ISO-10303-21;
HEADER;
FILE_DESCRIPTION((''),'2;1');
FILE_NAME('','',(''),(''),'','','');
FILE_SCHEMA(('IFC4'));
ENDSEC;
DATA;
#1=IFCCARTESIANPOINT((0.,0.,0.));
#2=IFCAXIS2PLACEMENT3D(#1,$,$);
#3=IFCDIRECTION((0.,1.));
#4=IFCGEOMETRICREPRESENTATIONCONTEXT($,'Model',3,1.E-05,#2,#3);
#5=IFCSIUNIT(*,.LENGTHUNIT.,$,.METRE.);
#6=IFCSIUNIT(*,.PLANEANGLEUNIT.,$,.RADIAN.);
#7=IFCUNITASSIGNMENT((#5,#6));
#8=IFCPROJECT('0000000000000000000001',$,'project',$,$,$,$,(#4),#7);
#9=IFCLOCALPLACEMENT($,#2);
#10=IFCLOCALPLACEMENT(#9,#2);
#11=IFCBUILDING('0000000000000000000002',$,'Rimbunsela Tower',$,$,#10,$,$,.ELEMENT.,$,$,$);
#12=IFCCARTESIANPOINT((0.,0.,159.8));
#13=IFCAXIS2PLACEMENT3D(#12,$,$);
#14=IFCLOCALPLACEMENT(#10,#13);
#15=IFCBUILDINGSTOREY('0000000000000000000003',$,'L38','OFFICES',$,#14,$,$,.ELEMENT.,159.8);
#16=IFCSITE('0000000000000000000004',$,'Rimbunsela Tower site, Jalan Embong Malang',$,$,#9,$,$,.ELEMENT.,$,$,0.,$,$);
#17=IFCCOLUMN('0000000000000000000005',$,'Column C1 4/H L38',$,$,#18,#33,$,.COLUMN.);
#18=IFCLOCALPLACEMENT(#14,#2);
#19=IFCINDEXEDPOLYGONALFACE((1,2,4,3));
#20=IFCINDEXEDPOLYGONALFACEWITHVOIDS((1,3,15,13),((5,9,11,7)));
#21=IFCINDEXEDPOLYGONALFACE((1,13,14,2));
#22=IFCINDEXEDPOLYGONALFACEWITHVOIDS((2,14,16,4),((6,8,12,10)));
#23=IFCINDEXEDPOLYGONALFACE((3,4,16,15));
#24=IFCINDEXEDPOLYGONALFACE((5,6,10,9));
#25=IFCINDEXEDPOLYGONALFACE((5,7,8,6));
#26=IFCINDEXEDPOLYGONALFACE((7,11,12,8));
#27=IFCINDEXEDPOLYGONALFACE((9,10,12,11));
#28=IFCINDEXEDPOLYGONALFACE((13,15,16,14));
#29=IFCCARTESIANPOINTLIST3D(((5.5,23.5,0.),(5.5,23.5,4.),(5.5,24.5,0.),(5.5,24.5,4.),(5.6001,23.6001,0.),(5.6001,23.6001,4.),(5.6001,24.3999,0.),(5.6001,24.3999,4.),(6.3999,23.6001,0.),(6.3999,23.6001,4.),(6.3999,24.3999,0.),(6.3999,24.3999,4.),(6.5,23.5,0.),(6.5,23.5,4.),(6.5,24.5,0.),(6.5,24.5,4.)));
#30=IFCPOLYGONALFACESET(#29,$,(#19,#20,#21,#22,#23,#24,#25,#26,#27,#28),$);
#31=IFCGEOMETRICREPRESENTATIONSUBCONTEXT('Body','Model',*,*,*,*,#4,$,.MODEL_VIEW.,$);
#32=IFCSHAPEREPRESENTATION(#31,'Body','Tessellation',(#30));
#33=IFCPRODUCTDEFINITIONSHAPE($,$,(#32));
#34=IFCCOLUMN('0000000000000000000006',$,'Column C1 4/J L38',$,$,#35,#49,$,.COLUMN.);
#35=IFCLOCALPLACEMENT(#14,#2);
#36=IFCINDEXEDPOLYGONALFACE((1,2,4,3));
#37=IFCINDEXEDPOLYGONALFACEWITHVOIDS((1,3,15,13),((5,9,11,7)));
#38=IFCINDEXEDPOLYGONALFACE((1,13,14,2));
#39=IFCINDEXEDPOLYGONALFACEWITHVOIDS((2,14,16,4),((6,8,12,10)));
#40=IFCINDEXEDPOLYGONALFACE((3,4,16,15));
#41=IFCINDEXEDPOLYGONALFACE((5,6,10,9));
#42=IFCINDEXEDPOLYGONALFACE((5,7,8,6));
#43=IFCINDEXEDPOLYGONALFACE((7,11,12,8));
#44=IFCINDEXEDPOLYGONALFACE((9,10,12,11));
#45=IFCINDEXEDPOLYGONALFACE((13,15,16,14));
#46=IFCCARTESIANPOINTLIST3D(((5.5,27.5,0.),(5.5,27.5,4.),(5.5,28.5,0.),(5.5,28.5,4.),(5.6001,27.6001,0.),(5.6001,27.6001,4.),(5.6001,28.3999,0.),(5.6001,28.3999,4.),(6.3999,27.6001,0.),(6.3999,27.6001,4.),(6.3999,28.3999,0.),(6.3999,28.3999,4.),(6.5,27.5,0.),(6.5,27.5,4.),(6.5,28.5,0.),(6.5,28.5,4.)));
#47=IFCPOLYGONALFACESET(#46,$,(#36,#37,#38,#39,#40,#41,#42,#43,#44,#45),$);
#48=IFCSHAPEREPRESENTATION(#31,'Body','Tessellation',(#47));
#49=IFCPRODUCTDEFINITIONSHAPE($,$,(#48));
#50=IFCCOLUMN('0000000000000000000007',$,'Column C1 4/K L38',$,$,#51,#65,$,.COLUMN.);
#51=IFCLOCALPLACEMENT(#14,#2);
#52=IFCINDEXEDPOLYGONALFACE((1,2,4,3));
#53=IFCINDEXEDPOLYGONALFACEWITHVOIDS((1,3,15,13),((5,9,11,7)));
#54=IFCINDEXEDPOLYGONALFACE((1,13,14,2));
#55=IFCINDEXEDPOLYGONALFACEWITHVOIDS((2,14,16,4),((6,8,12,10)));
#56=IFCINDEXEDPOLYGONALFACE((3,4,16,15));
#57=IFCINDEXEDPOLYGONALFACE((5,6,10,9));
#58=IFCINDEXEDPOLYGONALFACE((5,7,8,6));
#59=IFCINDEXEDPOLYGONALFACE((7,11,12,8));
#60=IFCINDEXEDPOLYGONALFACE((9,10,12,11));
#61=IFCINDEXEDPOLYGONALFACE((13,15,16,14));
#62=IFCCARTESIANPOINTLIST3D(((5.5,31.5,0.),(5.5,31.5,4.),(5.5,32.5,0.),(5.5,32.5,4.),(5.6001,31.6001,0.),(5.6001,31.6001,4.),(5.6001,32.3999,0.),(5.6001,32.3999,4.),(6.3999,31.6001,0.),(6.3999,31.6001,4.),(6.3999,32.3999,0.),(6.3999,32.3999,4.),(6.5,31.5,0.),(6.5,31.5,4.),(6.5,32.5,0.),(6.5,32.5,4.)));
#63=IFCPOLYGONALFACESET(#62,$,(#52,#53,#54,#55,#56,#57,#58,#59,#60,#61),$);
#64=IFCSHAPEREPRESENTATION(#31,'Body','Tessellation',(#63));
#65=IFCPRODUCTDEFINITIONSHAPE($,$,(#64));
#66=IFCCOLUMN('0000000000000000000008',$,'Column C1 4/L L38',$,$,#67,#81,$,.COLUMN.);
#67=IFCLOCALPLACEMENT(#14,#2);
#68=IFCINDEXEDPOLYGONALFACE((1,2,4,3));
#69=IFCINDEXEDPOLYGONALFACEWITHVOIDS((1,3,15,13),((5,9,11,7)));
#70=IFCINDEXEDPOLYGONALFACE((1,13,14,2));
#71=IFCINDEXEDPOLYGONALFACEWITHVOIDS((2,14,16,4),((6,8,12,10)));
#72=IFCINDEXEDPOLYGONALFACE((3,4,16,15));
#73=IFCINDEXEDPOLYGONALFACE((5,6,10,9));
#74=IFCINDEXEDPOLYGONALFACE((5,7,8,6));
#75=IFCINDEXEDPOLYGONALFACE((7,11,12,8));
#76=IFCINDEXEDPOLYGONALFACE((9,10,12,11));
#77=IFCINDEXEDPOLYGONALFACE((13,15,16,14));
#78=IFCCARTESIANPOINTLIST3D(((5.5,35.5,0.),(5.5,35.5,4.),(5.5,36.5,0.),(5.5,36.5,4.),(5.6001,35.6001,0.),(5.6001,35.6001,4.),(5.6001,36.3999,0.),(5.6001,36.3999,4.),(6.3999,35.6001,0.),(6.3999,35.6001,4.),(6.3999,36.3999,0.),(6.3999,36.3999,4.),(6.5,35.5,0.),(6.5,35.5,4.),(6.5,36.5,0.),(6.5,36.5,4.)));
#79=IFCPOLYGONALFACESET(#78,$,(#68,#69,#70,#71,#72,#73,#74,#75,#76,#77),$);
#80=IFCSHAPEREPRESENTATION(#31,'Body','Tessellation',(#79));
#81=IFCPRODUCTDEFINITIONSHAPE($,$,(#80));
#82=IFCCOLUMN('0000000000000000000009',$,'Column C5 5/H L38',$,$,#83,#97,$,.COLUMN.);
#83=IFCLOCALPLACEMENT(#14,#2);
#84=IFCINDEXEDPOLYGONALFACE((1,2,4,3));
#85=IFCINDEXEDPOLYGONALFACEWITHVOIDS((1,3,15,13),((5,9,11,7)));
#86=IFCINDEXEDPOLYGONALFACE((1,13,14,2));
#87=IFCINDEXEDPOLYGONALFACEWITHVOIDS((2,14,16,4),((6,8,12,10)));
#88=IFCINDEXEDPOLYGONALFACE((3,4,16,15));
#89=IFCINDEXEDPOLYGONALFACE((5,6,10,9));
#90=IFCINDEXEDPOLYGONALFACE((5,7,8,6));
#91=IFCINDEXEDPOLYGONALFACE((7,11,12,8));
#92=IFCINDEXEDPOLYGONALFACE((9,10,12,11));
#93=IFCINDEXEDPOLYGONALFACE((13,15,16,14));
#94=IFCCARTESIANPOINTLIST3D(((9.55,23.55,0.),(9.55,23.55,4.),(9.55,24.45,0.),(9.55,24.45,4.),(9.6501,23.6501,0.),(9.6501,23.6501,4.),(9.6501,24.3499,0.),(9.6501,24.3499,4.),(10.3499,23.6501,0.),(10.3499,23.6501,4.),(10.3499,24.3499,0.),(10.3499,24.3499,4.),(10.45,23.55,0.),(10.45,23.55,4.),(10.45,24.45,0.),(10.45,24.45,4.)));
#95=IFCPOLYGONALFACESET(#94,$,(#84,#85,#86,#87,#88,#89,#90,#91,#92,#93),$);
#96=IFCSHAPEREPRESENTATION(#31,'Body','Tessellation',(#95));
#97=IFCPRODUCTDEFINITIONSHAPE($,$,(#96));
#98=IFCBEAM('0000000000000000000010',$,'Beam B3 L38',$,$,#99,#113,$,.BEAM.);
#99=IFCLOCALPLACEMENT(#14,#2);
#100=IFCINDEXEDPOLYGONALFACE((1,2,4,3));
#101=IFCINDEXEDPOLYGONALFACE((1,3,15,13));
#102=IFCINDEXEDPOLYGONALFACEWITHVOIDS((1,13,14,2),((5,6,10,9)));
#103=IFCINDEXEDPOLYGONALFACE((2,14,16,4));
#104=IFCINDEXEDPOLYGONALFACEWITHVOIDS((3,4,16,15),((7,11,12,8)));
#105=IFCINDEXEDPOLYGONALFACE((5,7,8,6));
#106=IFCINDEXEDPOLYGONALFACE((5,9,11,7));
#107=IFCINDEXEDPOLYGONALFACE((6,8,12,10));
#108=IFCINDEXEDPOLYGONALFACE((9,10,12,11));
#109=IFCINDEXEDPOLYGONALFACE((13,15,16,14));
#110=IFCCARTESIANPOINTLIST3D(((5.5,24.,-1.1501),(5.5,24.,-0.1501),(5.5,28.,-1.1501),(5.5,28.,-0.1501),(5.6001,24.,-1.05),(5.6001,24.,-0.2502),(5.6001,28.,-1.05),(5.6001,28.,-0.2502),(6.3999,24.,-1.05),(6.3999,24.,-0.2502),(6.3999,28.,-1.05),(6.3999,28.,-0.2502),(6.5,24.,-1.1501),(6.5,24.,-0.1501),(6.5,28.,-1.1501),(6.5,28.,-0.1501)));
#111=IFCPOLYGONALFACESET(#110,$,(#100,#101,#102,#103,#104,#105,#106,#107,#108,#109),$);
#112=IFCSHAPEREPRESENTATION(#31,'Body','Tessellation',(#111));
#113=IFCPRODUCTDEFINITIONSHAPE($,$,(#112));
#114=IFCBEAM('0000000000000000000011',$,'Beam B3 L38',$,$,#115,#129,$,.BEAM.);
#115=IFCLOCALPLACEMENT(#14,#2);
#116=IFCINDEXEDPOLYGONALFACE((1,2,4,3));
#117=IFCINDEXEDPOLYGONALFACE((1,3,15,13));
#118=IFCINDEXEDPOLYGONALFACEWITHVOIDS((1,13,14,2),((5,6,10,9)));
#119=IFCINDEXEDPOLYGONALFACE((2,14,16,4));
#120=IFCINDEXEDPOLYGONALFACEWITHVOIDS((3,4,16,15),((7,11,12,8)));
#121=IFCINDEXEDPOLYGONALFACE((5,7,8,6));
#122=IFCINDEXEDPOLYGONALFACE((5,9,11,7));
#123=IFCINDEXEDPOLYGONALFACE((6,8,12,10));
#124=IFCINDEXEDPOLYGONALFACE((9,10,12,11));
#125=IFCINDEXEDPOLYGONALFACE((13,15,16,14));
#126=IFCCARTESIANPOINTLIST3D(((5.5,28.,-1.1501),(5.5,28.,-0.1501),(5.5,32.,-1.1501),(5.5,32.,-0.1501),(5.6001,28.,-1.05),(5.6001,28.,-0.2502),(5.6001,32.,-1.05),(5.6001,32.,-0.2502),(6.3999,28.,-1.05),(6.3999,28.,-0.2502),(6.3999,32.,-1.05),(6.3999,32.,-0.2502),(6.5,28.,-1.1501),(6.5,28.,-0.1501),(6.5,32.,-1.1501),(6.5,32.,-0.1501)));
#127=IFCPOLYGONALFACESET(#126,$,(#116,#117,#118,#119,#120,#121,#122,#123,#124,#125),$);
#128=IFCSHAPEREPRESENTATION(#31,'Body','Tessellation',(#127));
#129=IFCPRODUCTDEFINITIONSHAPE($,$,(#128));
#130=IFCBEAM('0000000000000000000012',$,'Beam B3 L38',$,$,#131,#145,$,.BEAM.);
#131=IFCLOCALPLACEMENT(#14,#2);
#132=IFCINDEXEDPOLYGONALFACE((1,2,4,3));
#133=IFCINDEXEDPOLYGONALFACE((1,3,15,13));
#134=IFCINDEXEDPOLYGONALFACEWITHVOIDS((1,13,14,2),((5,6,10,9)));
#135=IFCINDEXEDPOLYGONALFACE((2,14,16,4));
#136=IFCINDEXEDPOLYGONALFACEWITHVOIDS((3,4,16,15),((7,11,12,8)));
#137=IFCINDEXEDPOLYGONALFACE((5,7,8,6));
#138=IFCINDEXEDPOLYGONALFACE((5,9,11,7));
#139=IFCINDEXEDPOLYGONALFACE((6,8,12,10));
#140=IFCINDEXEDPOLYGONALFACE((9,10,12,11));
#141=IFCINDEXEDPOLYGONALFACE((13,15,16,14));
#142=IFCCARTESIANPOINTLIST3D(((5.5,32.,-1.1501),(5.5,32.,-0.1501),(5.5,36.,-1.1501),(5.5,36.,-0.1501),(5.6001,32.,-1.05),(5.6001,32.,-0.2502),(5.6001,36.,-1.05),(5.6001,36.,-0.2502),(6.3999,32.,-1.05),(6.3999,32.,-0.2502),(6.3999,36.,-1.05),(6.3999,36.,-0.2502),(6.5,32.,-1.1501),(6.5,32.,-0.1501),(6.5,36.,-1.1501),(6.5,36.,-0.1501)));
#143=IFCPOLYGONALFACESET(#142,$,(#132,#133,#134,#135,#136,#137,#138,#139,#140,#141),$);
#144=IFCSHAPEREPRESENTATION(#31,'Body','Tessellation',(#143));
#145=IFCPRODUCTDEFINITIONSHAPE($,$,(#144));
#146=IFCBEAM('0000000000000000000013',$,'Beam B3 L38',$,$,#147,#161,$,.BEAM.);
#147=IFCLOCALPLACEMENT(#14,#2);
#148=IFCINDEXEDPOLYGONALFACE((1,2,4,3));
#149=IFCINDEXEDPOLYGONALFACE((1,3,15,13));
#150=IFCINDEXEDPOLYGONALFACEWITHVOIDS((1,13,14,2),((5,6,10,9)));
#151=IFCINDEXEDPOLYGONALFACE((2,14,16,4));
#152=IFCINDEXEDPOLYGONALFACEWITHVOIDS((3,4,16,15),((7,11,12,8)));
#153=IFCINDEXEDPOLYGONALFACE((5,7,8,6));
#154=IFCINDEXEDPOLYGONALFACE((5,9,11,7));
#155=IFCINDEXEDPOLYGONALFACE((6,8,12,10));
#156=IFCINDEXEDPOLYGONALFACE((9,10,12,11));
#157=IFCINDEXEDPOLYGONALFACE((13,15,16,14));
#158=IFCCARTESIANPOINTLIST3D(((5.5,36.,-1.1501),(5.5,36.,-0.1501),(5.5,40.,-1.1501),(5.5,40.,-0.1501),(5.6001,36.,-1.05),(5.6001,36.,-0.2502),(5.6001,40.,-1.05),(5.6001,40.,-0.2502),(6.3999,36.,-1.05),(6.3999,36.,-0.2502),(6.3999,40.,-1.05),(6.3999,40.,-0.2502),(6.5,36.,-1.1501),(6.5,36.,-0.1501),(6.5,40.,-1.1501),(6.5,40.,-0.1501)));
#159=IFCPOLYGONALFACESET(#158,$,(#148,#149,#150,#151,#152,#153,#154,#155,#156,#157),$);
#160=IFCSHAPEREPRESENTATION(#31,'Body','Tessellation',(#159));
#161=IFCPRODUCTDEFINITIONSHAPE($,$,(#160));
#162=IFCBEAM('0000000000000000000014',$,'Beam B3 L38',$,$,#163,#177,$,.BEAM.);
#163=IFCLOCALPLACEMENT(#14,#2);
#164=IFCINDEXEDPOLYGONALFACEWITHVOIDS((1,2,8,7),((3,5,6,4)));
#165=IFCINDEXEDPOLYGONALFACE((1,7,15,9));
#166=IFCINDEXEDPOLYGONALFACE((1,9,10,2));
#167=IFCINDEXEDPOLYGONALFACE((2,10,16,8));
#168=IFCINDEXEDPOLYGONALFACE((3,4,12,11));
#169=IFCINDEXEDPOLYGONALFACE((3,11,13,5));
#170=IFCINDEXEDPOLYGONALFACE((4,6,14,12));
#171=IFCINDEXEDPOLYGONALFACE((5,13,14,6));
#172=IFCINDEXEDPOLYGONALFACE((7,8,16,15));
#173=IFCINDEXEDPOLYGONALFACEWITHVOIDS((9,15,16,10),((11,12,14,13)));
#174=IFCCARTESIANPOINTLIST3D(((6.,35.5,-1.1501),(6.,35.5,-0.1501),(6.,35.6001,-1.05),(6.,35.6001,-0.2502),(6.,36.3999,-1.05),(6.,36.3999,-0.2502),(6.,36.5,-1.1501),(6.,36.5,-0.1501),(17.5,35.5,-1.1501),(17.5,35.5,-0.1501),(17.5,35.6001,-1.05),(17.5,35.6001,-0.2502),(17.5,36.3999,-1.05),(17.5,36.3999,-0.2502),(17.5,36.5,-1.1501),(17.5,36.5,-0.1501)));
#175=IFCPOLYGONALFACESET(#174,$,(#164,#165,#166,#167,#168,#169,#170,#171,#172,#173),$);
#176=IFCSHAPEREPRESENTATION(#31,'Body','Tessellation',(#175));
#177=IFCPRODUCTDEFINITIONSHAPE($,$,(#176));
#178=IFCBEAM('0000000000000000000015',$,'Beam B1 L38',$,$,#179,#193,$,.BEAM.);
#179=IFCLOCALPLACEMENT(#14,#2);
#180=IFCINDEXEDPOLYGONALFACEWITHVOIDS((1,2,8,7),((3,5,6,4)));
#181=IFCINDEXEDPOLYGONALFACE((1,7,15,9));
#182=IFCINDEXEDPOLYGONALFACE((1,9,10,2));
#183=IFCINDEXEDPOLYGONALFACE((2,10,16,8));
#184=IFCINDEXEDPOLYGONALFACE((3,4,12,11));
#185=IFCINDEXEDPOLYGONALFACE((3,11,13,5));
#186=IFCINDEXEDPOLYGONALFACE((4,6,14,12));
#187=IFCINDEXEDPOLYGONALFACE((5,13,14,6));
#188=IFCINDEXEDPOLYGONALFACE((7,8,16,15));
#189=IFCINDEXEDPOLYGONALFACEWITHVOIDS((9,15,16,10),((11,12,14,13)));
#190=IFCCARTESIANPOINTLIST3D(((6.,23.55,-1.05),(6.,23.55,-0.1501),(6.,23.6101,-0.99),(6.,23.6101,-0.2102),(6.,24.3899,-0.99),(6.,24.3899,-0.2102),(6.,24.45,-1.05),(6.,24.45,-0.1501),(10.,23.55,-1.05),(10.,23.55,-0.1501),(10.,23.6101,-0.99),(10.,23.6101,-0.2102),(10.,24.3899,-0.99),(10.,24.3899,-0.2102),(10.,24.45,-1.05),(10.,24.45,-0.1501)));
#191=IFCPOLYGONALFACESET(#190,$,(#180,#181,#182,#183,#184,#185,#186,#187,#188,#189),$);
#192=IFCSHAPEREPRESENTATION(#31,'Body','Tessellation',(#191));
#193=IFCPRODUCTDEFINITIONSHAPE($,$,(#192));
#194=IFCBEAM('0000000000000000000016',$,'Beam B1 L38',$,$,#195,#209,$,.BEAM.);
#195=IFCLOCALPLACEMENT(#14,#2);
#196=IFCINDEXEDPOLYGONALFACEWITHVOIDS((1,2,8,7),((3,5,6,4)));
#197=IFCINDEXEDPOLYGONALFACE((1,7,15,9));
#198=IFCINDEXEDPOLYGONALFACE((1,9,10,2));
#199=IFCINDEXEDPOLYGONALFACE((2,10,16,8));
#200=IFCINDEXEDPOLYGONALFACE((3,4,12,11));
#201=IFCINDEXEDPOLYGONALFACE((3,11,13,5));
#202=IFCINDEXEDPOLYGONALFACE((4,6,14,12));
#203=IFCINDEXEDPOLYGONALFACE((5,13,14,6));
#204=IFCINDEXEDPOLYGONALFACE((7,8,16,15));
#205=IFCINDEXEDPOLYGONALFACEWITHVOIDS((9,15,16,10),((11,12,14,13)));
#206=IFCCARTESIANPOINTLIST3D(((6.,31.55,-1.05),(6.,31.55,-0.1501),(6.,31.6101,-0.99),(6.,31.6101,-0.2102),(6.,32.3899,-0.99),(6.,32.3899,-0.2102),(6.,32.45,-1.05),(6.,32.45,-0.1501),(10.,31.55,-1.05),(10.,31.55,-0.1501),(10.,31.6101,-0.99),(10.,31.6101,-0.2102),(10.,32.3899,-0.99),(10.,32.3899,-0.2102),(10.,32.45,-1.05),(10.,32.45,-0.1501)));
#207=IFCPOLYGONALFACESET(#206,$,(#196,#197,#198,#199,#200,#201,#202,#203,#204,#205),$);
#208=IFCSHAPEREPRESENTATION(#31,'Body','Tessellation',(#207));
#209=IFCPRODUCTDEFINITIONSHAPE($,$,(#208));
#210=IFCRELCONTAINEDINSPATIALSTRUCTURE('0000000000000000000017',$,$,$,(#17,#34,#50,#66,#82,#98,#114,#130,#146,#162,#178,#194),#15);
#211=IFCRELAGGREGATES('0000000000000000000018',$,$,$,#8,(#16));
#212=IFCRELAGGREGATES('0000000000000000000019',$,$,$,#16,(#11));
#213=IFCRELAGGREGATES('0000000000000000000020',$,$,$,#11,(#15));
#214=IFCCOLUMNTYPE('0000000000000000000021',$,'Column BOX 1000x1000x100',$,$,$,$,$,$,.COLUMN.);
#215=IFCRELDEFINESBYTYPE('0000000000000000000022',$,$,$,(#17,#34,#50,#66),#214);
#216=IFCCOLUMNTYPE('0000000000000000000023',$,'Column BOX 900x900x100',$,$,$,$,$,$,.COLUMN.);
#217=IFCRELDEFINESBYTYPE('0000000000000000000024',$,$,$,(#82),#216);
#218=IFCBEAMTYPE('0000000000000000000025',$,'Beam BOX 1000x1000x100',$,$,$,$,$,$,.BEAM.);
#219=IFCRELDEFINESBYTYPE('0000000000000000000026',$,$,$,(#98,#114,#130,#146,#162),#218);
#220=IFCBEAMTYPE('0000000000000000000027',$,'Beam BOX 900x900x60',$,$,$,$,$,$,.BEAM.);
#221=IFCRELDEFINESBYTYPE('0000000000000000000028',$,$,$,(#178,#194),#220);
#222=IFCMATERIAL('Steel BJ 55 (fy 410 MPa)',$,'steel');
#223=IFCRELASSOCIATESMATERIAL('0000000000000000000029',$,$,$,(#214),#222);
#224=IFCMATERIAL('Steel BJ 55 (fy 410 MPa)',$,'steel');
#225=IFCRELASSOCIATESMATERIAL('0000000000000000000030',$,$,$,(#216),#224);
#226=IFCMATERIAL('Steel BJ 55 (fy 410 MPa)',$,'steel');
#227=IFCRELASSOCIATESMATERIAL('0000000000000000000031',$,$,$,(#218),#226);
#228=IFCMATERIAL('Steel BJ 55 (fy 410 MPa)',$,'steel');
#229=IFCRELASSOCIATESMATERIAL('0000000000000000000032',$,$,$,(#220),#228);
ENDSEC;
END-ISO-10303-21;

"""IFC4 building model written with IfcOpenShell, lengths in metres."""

from ifc_helpers import new_model, si_unit, direction, frame, origin, origin_2d, place, context, subcontext, project, spatial, hollow_rectangle, extrude, material, material_profile, profile_set, type_object, element, save


model = new_model("IFC4")

# Units and contexts
model_context = context("Model", 3, precision=1e-05, world=origin(), true_north=direction((0.0, 1.0)))
body_context = subcontext(model_context, "Body", "Model", "MODEL_VIEW")
ifc_project = project(units=[si_unit("LENGTHUNIT", "METRE"), si_unit("PLANEANGLEUNIT", "RADIAN")], contexts=[model_context])

# Site, building, storey
site_placement = place(None, origin())
site = spatial("IfcSite", under=ifc_project, at=site_placement, Name="Rimbunsela Tower site, Jalan Embong Malang", CompositionType="ELEMENT", RefElevation=0.0)
building_placement = place(site_placement, origin())
building = spatial("IfcBuilding", under=site, at=building_placement, Name="Rimbunsela Tower", CompositionType="ELEMENT")
storey_placement = place(building_placement, frame((0.0, 0.0, 159.8)))
storey = spatial("IfcBuildingStorey", under=building, at=storey_placement, Name="L38", Description="OFFICES", CompositionType="ELEMENT", Elevation=159.8)

# Columns
ifc_material_1 = material(Name="Steel BJ 55 (fy 410 MPa)", Category="steel")
ifc_material_profile_1 = material_profile(ifc_material_1, hollow_rectangle(XDim=1.0, YDim=1.0, WallThickness=0.1001, at=origin_2d()), Name="BOX 1000x1000x100")
ifc_profile_set_1 = profile_set([ifc_material_profile_1], Name="Steel BJ 55 (fy 410 MPa)")
column_type_1 = type_object("IfcColumnType", Name="Column BOX 1000x1000x100", PredefinedType="COLUMN", material=ifc_profile_set_1)
for number, where, z_axis, x_axis, name in (
    (1, (6.0, 24.0, 0.0), (0.0, 0.0, 1.0), (1.0, 0.0, 0.0), "Column C1 4/H L38"),
    (2, (6.0, 28.0, 0.0), (0.0, 0.0, 1.0), (1.0, 0.0, 0.0), "Column C1 4/J L38"),
    (3, (6.0, 32.0, 0.0), (0.0, 0.0, 1.0), (1.0, 0.0, 0.0), "Column C1 4/K L38"),
    (4, (6.0, 36.0, 0.0), (0.0, 0.0, 1.0), (1.0, 0.0, 0.0), "Column C1 4/L L38"),
):
    element("IfcColumn", number, at=place(storey_placement, frame(where, z_axis=z_axis, x_axis=x_axis)), inside=storey, type_object=column_type_1, Name=name, PredefinedType="COLUMN", context=body_context, shape_type="SweptSolid", body=[
        extrude(hollow_rectangle(XDim=1.0, YDim=1.0, WallThickness=0.1001, at=origin_2d()), origin(), (0.0, 0.0, 1.0), 4.0),
    ])
ifc_material_2 = material(Name="Steel BJ 55 (fy 410 MPa)", Category="steel")
ifc_material_profile_2 = material_profile(ifc_material_2, hollow_rectangle(XDim=0.8999, YDim=0.8999, WallThickness=0.1001, at=origin_2d()), Name="BOX 900x900x100")
ifc_profile_set_2 = profile_set([ifc_material_profile_2], Name="Steel BJ 55 (fy 410 MPa)")
column_type_2 = type_object("IfcColumnType", Name="Column BOX 900x900x100", PredefinedType="COLUMN", material=ifc_profile_set_2)
column_placement = place(storey_placement, frame((10.0, 24.0, 0.0), z_axis=(0.0, 0.0, 1.0), x_axis=(1.0, 0.0, 0.0)))
element("IfcColumn", 5, at=column_placement, inside=storey, type_object=column_type_2, Name="Column C5 5/H L38", PredefinedType="COLUMN", context=body_context, shape_type="SweptSolid", body=[
    extrude(hollow_rectangle(XDim=0.8999, YDim=0.8999, WallThickness=0.1001, at=origin_2d()), origin(), (0.0, 0.0, 1.0), 4.0),
])

# Beams
ifc_material_3 = material(Name="Steel BJ 55 (fy 410 MPa)", Category="steel")
ifc_material_profile_3 = material_profile(ifc_material_3, hollow_rectangle(XDim=1.0, YDim=1.0, WallThickness=0.1001, at=origin_2d()), Name="BOX 1000x1000x100")
ifc_profile_set_3 = profile_set([ifc_material_profile_3], Name="Steel BJ 55 (fy 410 MPa)")
beam_type_1 = type_object("IfcBeamType", Name="Beam BOX 1000x1000x100", PredefinedType="BEAM", material=ifc_profile_set_3)
for number, where, z_axis, x_axis, name in (
    (6, (6.0, 24.0, -0.6501), (0.0, 1.0, 0.0), (-1.0, 0.0, 0.0), "Beam B3 L38"),
    (7, (6.0, 28.0, -0.6501), (0.0, 1.0, 0.0), (-1.0, 0.0, 0.0), "Beam B3 L38"),
    (8, (6.0, 32.0, -0.6501), (0.0, 1.0, 0.0), (-1.0, 0.0, 0.0), "Beam B3 L38"),
    (9, (6.0, 36.0, -0.6501), (0.0, 1.0, 0.0), (-1.0, 0.0, 0.0), "Beam B3 L38"),
):
    element("IfcBeam", number, at=place(storey_placement, frame(where, z_axis=z_axis, x_axis=x_axis)), inside=storey, type_object=beam_type_1, Name=name, PredefinedType="BEAM", context=body_context, shape_type="SweptSolid", body=[
        extrude(hollow_rectangle(XDim=1.0, YDim=1.0, WallThickness=0.1001, at=origin_2d()), origin(), (0.0, 0.0, 1.0), 4.0),
    ])
beam_1_placement = place(storey_placement, frame((6.0, 36.0, -0.6501), z_axis=(1.0, 0.0, 0.0), x_axis=(0.0, 1.0, 0.0)))
element("IfcBeam", 10, at=beam_1_placement, inside=storey, type_object=beam_type_1, Name="Beam B3 L38", PredefinedType="BEAM", context=body_context, shape_type="SweptSolid", body=[
    extrude(hollow_rectangle(XDim=1.0, YDim=1.0, WallThickness=0.1001, at=origin_2d()), origin(), (0.0, 0.0, 1.0), 11.5),
])
ifc_material_4 = material(Name="Steel BJ 55 (fy 410 MPa)", Category="steel")
ifc_material_profile_4 = material_profile(ifc_material_4, hollow_rectangle(XDim=0.8999, YDim=0.8999, WallThickness=0.0601, at=origin_2d()), Name="BOX 900x900x60")
ifc_profile_set_4 = profile_set([ifc_material_profile_4], Name="Steel BJ 55 (fy 410 MPa)")
beam_type_2 = type_object("IfcBeamType", Name="Beam BOX 900x900x60", PredefinedType="BEAM", material=ifc_profile_set_4)
for number, where, z_axis, x_axis, name in (
    (11, (6.0, 24.0, -0.6001), (1.0, 0.0, 0.0), (0.0, 1.0, 0.0), "Beam B1 L38"),
    (12, (6.0, 32.0, -0.6001), (1.0, 0.0, 0.0), (0.0, 1.0, 0.0), "Beam B1 L38"),
):
    element("IfcBeam", number, at=place(storey_placement, frame(where, z_axis=z_axis, x_axis=x_axis)), inside=storey, type_object=beam_type_2, Name=name, PredefinedType="BEAM", context=body_context, shape_type="SweptSolid", body=[
        extrude(hollow_rectangle(XDim=0.8999, YDim=0.8999, WallThickness=0.0601, at=origin_2d()), origin(), (0.0, 0.0, 1.0), 4.0),
    ])

save(model, "model.ifc")
